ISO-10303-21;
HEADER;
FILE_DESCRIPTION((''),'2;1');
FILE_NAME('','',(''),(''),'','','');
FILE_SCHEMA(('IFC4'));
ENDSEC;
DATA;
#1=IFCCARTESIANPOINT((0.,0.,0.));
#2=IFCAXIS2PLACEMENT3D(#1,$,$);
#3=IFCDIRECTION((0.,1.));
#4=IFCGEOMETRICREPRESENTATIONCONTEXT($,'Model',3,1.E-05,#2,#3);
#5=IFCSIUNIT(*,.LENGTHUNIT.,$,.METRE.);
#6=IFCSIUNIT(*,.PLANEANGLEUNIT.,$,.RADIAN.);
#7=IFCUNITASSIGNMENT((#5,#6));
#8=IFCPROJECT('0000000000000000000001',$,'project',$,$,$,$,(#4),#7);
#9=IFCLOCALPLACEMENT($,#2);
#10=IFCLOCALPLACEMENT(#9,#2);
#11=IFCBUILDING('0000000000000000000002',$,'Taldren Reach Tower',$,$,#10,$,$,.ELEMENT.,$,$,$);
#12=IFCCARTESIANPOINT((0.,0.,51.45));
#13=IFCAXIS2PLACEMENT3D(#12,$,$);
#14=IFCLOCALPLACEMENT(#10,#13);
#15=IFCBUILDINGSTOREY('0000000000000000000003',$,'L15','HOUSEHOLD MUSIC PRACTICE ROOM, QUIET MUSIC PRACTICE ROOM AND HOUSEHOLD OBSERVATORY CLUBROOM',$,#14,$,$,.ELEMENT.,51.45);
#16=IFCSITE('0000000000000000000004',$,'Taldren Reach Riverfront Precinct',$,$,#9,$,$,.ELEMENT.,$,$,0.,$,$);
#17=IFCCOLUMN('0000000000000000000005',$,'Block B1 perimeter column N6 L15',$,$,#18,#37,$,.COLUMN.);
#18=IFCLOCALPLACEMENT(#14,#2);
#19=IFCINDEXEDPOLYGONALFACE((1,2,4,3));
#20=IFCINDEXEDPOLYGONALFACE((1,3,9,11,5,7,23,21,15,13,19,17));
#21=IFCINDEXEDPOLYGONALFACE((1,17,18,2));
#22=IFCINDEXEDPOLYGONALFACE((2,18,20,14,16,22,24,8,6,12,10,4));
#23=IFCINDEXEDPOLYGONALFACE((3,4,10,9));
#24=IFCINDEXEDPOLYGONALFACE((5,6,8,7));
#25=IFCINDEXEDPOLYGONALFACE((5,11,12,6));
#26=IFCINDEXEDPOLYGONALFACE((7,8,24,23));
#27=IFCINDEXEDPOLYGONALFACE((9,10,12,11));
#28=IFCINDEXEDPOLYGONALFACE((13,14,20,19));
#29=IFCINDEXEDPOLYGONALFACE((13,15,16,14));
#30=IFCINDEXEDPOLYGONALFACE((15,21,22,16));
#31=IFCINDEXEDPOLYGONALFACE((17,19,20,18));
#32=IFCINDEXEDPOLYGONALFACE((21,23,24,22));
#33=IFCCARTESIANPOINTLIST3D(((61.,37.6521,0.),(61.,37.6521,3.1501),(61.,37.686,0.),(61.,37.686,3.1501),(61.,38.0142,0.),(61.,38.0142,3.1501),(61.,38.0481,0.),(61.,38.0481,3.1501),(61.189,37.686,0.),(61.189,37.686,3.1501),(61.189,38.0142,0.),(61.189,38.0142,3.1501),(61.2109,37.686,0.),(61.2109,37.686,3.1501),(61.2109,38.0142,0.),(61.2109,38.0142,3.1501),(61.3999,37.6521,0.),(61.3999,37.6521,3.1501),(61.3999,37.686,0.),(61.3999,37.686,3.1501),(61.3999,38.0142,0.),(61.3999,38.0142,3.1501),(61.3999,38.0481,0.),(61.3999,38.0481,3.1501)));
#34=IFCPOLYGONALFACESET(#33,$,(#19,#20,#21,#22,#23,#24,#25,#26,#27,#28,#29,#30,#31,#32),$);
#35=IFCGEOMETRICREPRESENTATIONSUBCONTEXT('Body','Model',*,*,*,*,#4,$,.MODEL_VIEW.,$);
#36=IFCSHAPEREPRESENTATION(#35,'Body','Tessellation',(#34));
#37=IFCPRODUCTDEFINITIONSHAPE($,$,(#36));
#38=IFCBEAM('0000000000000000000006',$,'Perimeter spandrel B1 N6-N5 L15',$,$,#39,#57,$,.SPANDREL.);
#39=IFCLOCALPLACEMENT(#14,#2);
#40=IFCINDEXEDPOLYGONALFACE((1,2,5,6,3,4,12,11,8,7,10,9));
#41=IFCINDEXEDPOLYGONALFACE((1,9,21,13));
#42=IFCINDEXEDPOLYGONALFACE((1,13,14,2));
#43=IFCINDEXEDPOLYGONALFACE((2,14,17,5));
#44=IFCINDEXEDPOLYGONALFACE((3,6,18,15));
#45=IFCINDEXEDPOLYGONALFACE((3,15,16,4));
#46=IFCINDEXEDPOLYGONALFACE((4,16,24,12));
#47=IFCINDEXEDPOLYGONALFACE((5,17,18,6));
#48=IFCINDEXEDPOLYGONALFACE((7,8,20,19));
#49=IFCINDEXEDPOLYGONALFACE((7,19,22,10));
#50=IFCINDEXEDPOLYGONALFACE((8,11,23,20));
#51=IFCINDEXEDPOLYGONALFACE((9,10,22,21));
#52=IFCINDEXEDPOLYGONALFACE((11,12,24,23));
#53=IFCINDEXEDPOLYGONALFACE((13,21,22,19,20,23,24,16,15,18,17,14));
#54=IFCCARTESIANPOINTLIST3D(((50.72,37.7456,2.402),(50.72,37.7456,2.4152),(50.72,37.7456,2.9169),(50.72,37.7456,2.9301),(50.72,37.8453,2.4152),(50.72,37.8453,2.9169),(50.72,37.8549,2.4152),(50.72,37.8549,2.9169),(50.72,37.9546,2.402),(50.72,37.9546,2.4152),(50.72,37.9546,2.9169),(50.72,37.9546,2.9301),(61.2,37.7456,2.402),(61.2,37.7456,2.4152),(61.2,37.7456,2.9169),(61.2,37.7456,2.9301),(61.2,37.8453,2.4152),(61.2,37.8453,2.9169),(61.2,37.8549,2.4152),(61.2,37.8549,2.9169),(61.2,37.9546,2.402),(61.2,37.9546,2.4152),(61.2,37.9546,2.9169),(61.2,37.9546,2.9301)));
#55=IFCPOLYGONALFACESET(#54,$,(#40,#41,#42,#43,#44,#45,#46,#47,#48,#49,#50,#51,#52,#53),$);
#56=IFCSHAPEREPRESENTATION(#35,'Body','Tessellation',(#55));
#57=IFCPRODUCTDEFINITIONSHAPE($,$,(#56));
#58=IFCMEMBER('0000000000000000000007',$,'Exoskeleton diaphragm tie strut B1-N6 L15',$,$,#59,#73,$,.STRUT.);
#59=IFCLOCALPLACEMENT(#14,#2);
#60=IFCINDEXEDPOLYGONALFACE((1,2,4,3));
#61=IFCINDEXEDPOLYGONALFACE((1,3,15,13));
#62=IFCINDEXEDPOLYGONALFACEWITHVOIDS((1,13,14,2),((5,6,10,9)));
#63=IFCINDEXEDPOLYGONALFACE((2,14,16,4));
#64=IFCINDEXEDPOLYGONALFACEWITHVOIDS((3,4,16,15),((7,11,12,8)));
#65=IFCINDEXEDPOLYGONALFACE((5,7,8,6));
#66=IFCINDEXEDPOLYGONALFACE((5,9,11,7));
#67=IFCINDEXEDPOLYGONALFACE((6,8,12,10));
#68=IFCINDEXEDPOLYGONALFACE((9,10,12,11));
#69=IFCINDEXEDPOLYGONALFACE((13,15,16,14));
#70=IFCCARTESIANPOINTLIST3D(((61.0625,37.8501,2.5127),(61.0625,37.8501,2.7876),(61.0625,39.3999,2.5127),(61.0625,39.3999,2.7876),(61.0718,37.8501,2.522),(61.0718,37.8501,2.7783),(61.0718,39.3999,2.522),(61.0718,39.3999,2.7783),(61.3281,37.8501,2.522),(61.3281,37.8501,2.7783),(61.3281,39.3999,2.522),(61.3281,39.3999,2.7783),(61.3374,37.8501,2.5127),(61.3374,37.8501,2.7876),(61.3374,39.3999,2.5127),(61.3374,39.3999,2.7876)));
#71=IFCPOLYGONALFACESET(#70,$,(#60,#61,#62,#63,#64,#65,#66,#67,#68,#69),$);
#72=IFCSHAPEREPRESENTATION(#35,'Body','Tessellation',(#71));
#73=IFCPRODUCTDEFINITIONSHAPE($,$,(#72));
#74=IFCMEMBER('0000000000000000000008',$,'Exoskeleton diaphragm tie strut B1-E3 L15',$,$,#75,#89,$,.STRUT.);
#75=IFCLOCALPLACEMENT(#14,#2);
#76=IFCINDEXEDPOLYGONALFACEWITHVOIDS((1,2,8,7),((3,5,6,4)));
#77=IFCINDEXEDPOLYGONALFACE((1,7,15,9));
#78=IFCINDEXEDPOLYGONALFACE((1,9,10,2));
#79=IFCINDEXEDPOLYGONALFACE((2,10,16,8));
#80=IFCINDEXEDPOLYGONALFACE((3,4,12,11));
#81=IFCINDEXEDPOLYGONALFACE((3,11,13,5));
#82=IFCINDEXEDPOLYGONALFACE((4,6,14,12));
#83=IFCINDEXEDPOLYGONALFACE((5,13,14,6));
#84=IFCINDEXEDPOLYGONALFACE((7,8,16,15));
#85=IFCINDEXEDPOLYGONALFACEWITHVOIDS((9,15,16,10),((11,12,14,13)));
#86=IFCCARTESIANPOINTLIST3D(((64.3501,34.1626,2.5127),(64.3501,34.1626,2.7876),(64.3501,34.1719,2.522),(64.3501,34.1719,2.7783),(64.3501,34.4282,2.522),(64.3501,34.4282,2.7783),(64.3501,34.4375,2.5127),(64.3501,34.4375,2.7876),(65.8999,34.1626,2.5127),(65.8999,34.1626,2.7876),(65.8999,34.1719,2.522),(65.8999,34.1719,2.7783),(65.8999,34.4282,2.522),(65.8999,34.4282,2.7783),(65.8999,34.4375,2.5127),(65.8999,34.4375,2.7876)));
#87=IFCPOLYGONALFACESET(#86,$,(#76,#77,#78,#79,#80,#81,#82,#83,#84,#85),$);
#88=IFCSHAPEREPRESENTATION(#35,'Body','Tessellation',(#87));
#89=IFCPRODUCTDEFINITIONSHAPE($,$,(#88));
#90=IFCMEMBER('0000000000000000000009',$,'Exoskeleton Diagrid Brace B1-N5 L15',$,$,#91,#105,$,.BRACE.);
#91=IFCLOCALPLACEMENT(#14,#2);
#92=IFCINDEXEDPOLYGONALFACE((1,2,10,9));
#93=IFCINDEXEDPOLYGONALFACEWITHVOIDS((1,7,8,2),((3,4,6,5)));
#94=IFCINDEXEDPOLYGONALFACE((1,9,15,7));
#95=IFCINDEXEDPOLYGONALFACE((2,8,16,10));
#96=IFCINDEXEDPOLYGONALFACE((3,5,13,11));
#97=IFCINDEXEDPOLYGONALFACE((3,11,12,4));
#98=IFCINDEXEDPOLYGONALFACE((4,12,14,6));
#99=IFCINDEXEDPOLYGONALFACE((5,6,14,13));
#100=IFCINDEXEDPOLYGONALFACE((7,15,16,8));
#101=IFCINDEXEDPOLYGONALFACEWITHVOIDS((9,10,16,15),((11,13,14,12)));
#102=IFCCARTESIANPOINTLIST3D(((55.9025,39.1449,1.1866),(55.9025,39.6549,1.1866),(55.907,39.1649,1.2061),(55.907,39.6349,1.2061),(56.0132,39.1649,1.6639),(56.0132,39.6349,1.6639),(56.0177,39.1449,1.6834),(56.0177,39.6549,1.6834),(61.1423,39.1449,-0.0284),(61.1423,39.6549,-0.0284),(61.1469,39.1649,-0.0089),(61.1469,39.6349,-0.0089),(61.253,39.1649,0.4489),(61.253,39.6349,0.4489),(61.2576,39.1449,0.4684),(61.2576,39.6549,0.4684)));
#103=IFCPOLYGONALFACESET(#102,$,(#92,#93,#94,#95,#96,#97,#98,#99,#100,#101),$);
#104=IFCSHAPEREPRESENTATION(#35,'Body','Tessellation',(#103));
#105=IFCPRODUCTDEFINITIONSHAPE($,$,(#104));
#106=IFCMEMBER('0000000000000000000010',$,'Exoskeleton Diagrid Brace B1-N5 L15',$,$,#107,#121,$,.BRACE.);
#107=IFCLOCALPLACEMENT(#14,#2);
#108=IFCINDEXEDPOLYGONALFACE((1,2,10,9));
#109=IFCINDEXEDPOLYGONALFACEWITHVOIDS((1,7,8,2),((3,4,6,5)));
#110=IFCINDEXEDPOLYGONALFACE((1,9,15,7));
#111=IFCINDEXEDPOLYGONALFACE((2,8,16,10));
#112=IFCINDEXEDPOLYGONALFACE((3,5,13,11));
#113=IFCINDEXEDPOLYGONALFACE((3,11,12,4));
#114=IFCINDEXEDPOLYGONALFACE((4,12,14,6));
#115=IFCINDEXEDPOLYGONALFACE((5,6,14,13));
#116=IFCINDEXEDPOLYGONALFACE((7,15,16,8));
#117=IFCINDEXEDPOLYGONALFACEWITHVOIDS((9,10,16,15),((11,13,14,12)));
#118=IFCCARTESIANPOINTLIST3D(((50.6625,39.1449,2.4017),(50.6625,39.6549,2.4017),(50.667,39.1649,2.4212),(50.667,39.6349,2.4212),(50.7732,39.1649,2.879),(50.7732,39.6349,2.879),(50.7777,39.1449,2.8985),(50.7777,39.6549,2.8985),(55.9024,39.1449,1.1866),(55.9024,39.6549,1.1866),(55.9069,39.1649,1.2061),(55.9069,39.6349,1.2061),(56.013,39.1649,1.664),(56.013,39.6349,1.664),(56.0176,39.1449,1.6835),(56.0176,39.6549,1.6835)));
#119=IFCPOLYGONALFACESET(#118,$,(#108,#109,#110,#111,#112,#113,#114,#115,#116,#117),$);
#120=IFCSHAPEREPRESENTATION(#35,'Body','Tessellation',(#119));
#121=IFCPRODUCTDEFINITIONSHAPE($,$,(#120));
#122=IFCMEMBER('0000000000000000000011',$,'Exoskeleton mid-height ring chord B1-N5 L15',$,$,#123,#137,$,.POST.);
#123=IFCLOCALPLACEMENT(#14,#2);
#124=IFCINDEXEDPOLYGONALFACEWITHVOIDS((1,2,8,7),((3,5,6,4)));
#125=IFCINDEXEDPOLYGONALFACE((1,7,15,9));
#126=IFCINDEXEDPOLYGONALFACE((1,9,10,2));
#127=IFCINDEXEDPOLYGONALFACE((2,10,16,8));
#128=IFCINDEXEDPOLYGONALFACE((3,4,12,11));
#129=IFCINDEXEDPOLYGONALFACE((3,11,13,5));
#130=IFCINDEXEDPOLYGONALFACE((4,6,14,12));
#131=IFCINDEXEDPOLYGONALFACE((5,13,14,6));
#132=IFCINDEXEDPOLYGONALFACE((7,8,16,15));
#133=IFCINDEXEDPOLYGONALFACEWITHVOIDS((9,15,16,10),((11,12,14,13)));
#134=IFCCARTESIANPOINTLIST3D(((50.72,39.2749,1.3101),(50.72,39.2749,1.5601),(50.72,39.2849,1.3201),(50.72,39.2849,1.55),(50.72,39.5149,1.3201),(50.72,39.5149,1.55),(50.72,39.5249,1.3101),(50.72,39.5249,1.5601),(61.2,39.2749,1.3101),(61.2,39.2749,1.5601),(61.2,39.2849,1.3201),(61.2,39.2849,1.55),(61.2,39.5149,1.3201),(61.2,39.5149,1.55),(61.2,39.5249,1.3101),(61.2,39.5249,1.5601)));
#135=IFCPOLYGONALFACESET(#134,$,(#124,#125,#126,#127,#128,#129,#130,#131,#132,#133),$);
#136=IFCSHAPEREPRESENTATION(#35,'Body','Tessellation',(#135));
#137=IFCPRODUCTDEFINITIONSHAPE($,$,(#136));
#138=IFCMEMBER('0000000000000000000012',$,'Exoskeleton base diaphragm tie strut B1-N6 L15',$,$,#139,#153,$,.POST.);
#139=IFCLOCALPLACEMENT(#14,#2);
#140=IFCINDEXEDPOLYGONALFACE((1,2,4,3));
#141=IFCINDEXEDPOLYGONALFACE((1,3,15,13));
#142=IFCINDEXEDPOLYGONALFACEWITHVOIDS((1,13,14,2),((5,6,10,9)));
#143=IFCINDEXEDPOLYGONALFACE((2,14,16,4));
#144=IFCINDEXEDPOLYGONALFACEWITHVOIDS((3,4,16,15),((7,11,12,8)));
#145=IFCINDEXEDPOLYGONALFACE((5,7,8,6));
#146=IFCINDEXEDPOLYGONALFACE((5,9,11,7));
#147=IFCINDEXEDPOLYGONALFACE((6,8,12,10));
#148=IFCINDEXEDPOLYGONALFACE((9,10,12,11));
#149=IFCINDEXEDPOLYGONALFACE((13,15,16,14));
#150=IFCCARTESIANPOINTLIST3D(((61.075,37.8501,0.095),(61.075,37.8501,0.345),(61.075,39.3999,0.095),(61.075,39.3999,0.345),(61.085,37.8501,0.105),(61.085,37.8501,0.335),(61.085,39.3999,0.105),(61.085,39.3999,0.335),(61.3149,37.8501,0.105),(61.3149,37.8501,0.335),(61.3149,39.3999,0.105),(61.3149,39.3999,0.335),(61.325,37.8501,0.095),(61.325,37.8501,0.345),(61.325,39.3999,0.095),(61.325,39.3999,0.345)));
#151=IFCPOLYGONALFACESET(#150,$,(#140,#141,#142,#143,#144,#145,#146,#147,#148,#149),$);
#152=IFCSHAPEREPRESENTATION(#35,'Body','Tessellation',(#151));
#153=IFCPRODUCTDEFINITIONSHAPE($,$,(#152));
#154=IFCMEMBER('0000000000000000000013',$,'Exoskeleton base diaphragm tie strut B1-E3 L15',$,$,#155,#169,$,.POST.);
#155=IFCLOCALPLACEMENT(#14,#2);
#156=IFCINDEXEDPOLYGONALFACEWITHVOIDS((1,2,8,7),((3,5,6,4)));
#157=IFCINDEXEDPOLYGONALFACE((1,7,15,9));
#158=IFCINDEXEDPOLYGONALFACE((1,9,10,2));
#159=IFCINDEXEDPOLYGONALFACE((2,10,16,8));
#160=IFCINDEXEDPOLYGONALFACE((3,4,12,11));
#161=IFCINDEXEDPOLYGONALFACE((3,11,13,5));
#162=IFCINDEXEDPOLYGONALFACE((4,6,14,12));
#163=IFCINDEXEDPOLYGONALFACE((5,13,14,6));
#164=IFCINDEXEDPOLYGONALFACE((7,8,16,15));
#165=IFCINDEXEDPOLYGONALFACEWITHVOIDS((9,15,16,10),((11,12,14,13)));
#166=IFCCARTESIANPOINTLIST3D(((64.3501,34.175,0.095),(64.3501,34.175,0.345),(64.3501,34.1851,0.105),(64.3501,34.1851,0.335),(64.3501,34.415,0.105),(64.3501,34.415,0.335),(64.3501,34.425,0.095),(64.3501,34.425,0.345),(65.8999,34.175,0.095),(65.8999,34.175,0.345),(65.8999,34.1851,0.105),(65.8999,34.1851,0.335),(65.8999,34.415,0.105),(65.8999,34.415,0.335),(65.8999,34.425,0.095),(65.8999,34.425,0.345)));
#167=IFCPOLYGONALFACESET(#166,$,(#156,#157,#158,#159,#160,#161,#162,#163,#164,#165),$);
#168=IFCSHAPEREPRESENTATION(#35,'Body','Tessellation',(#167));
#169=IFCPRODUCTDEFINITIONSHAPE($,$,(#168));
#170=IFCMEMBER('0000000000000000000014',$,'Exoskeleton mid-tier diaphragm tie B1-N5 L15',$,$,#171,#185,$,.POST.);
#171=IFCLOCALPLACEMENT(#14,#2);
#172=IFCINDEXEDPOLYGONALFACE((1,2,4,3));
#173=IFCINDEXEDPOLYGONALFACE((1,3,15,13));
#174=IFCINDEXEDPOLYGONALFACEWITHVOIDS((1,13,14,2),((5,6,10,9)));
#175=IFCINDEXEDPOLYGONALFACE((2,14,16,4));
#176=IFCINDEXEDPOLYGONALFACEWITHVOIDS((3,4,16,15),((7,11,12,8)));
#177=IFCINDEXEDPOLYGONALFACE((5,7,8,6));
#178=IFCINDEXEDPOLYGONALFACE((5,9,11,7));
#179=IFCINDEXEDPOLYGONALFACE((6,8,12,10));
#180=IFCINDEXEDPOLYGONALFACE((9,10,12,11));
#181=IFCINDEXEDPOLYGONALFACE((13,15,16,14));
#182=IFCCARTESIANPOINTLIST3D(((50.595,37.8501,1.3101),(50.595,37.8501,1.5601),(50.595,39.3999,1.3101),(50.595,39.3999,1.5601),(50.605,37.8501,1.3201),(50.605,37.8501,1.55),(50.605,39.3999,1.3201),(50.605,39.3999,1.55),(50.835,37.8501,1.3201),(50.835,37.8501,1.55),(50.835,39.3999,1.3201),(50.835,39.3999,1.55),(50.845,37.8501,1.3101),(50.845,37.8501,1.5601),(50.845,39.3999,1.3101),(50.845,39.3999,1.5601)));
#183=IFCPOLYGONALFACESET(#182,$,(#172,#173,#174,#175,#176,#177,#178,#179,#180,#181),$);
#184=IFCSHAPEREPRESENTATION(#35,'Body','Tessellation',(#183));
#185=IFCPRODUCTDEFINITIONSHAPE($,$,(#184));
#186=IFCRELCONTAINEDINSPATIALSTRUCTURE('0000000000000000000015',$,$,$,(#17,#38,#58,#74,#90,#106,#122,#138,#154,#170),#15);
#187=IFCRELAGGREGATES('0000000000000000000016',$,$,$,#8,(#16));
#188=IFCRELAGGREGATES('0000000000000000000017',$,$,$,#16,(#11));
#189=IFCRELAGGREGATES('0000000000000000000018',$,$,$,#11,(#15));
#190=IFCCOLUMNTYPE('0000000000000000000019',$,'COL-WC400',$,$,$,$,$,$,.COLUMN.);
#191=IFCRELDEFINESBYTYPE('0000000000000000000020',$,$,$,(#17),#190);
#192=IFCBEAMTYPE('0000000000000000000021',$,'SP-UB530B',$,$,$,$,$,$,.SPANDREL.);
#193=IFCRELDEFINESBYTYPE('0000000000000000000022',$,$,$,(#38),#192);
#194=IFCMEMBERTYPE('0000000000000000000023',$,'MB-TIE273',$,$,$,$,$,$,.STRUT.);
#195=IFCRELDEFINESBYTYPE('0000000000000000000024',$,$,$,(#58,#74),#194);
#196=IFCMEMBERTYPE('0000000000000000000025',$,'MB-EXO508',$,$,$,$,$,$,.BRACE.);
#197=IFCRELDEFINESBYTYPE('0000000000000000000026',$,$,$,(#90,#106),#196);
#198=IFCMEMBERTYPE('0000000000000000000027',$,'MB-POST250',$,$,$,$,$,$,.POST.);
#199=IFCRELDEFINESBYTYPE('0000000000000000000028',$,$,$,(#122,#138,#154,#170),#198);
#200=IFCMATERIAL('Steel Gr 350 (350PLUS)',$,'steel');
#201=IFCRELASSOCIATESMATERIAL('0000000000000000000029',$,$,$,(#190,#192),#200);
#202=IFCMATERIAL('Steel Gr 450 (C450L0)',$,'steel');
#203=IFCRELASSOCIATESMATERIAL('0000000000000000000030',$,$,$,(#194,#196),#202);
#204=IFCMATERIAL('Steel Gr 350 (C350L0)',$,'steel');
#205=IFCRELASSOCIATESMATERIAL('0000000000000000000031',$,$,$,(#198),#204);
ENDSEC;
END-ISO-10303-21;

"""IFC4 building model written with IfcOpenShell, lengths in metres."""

from ifc_helpers import new_model, si_unit, direction, frame, origin, origin_2d, place, context, subcontext, project, spatial, hollow_rectangle, i_section, extrude, source, transform, mapped, material, material_profile, profile_set, type_object, element, save


model = new_model("IFC4")

# Units and contexts
model_context = context("Model", 3, precision=1e-05, world=origin(), true_north=direction((0.0, 1.0)))
body_context = subcontext(model_context, "Body", "Model", "MODEL_VIEW")
ifc_project = project(units=[si_unit("LENGTHUNIT", "METRE"), si_unit("PLANEANGLEUNIT", "RADIAN")], contexts=[model_context])

# Site, building, storey
site_placement = place(None, origin())
site = spatial("IfcSite", under=ifc_project, at=site_placement, Name="Taldren Reach Riverfront Precinct", CompositionType="ELEMENT", RefElevation=0.0)
building_placement = place(site_placement, origin())
building = spatial("IfcBuilding", under=site, at=building_placement, Name="Taldren Reach Tower", CompositionType="ELEMENT")
storey_placement = place(building_placement, frame((0.0, 0.0, 51.45)))
storey = spatial("IfcBuildingStorey", under=building, at=storey_placement, Name="L15", Description="HOUSEHOLD MUSIC PRACTICE ROOM, QUIET MUSIC PRACTICE ROOM AND HOUSEHOLD OBSERVATORY CLUBROOM", CompositionType="ELEMENT", Elevation=51.45)

# Column
ifc_material_1 = material(Name="Steel Gr 350 (350PLUS)", Category="steel")
ifc_material_profile_1 = material_profile(ifc_material_1, i_section(OverallWidth=0.3999, OverallDepth=0.396, WebThickness=0.022, FlangeThickness=0.0339, at=origin_2d()), Name="400WC270")
ifc_profile_set_1 = profile_set([ifc_material_profile_1], Name="Steel Gr 350 (350PLUS)")
column_type = type_object("IfcColumnType", Name="COL-WC400", PredefinedType="COLUMN", material=ifc_profile_set_1)
shared_shape_1 = source(origin(), body_context, "Body", "SweptSolid", [
    extrude(i_section(OverallWidth=0.3999, OverallDepth=0.396, WebThickness=0.022, FlangeThickness=0.0339, at=origin_2d()), origin(), (0.0, 0.0, 1.0), 3.1501),
])
column_placement = place(storey_placement, frame((61.2, 37.8501, 0.0), z_axis=(0.0, 0.0, 1.0), x_axis=(1.0, 0.0, 0.0)))
element("IfcColumn", 1, at=column_placement, inside=storey, type_object=column_type, Name="Block B1 perimeter column N6 L15", PredefinedType="COLUMN", context=body_context, shape_type="MappedRepresentation", body=[
    mapped(shared_shape_1, transform((0.0, 0.0, 0.0), scale=1.0)),
])

# Beam
ifc_material_profile_2 = material_profile(ifc_material_1, i_section(OverallWidth=0.209, OverallDepth=0.5281, WebThickness=0.0095, FlangeThickness=0.0132, at=origin_2d()), Name="530UB82.0")
ifc_profile_set_2 = profile_set([ifc_material_profile_2], Name="Steel Gr 350 (350PLUS)")
beam_type = type_object("IfcBeamType", Name="SP-UB530B", PredefinedType="SPANDREL", material=ifc_profile_set_2)
shared_shape_2 = source(origin(), body_context, "Body", "SweptSolid", [
    extrude(i_section(OverallWidth=0.209, OverallDepth=0.5281, WebThickness=0.0095, FlangeThickness=0.0132, at=origin_2d()), origin(), (0.0, 0.0, 1.0), 10.48),
])
beam_placement = place(storey_placement, frame((61.2, 37.8501, 2.666), z_axis=(-1.0, 0.0, 0.0), x_axis=(0.0, -1.0, 0.0)))
element("IfcBeam", 2, at=beam_placement, inside=storey, type_object=beam_type, Name="Perimeter spandrel B1 N6-N5 L15", PredefinedType="SPANDREL", context=body_context, shape_type="MappedRepresentation", body=[
    mapped(shared_shape_2, transform((0.0, 0.0, 0.0), scale=1.0)),
])

# Members
ifc_material_2 = material(Name="Steel Gr 450 (C450L0)", Category="steel")
ifc_material_profile_3 = material_profile(ifc_material_2, hollow_rectangle(XDim=0.2749, YDim=0.2749, WallThickness=0.0093, at=origin_2d()), Name="275x275x9.3SHS")
ifc_profile_set_3 = profile_set([ifc_material_profile_3], Name="Steel Gr 450 (C450L0)")
member_type_1 = type_object("IfcMemberType", Name="MB-TIE273", PredefinedType="STRUT", material=ifc_profile_set_3)
shared_shape_3 = source(origin(), body_context, "Body", "SweptSolid", [
    extrude(hollow_rectangle(XDim=0.2749, YDim=0.2749, WallThickness=0.0093, at=origin_2d()), origin(), (0.0, 0.0, 1.0), 1.5498),
])
for number, where, z_axis, x_axis, name in (
    (3, (61.2, 37.8501, 2.6501), (0.0, 1.0, 0.0), (-1.0, 0.0, 0.0), "Exoskeleton diaphragm tie strut B1-N6 L15"),
    (4, (64.3501, 34.3, 2.6501), (1.0, 0.0, 0.0), (0.0, 1.0, 0.0), "Exoskeleton diaphragm tie strut B1-E3 L15"),
):
    element("IfcMember", number, at=place(storey_placement, frame(where, z_axis=z_axis, x_axis=x_axis)), inside=storey, type_object=member_type_1, Name=name, PredefinedType="STRUT", context=body_context, shape_type="MappedRepresentation", body=[
        mapped(shared_shape_3, transform((0.0, 0.0, 0.0), scale=1.0)),
    ])
ifc_material_profile_4 = material_profile(ifc_material_2, hollow_rectangle(XDim=0.51, YDim=0.51, WallThickness=0.02, at=origin_2d()), Name="510x510x20.0SHS")
ifc_profile_set_4 = profile_set([ifc_material_profile_4], Name="Steel Gr 450 (C450L0)")
member_type_2 = type_object("IfcMemberType", Name="MB-EXO508", PredefinedType="BRACE", material=ifc_profile_set_4)
shared_shape_4 = source(origin(), body_context, "Body", "SweptSolid", [
    extrude(hollow_rectangle(XDim=0.51, YDim=0.51, WallThickness=0.02, at=origin_2d()), origin(), (0.0, 0.0, 1.0), 5.3789),
])
for number, where, z_axis, x_axis, name in (
    (5, (61.2, 39.3999, 0.22), (-0.974152, 0.0, 0.225894), (0.0, -1.0, 0.0), "Exoskeleton Diagrid Brace B1-N5 L15"),
    (6, (55.96, 39.3999, 1.4351), (-0.974152, 0.0, 0.225894), (0.0, -1.0, 0.0), "Exoskeleton Diagrid Brace B1-N5 L15"),
):
    element("IfcMember", number, at=place(storey_placement, frame(where, z_axis=z_axis, x_axis=x_axis)), inside=storey, type_object=member_type_2, Name=name, PredefinedType="BRACE", context=body_context, shape_type="MappedRepresentation", body=[
        mapped(shared_shape_4, transform((0.0, 0.0, 0.0), scale=1.0)),
    ])
ifc_material_3 = material(Name="Steel Gr 350 (C350L0)", Category="steel")
ifc_material_profile_5 = material_profile(ifc_material_3, hollow_rectangle(XDim=0.25, YDim=0.25, WallThickness=0.01, at=origin_2d()), Name="250x250x10.0SHS")
ifc_profile_set_5 = profile_set([ifc_material_profile_5], Name="Steel Gr 350 (C350L0)")
member_type_3 = type_object("IfcMemberType", Name="MB-POST250", PredefinedType="POST", material=ifc_profile_set_5)
shared_shape_5 = source(origin(), body_context, "Body", "SweptSolid", [
    extrude(hollow_rectangle(XDim=0.25, YDim=0.25, WallThickness=0.01, at=origin_2d()), origin(), (0.0, 0.0, 1.0), 10.48),
])
member_1_placement = place(storey_placement, frame((50.72, 39.3999, 1.4351), z_axis=(1.0, 0.0, 0.0), x_axis=(0.0, 1.0, 0.0)))
element("IfcMember", 7, at=member_1_placement, inside=storey, type_object=member_type_3, Name="Exoskeleton mid-height ring chord B1-N5 L15", PredefinedType="POST", context=body_context, shape_type="MappedRepresentation", body=[
    mapped(shared_shape_5, transform((0.0, 0.0, 0.0), scale=1.0)),
])
shared_shape_6 = source(origin(), body_context, "Body", "SweptSolid", [
    extrude(hollow_rectangle(XDim=0.25, YDim=0.25, WallThickness=0.01, at=origin_2d()), origin(), (0.0, 0.0, 1.0), 1.5498),
])
for number, where, z_axis, x_axis, name in (
    (8, (61.2, 37.8501, 0.22), (0.0, 1.0, 0.0), (-1.0, 0.0, 0.0), "Exoskeleton base diaphragm tie strut B1-N6 L15"),
    (9, (64.3501, 34.3, 0.22), (1.0, 0.0, 0.0), (0.0, 1.0, 0.0), "Exoskeleton base diaphragm tie strut B1-E3 L15"),
    (10, (50.72, 37.8501, 1.4351), (0.0, 1.0, 0.0), (-1.0, 0.0, 0.0), "Exoskeleton mid-tier diaphragm tie B1-N5 L15"),
):
    element("IfcMember", number, at=place(storey_placement, frame(where, z_axis=z_axis, x_axis=x_axis)), inside=storey, type_object=member_type_3, Name=name, PredefinedType="POST", context=body_context, shape_type="MappedRepresentation", body=[
        mapped(shared_shape_6, transform((0.0, 0.0, 0.0), scale=1.0)),
    ])

save(model, "model.ifc")
